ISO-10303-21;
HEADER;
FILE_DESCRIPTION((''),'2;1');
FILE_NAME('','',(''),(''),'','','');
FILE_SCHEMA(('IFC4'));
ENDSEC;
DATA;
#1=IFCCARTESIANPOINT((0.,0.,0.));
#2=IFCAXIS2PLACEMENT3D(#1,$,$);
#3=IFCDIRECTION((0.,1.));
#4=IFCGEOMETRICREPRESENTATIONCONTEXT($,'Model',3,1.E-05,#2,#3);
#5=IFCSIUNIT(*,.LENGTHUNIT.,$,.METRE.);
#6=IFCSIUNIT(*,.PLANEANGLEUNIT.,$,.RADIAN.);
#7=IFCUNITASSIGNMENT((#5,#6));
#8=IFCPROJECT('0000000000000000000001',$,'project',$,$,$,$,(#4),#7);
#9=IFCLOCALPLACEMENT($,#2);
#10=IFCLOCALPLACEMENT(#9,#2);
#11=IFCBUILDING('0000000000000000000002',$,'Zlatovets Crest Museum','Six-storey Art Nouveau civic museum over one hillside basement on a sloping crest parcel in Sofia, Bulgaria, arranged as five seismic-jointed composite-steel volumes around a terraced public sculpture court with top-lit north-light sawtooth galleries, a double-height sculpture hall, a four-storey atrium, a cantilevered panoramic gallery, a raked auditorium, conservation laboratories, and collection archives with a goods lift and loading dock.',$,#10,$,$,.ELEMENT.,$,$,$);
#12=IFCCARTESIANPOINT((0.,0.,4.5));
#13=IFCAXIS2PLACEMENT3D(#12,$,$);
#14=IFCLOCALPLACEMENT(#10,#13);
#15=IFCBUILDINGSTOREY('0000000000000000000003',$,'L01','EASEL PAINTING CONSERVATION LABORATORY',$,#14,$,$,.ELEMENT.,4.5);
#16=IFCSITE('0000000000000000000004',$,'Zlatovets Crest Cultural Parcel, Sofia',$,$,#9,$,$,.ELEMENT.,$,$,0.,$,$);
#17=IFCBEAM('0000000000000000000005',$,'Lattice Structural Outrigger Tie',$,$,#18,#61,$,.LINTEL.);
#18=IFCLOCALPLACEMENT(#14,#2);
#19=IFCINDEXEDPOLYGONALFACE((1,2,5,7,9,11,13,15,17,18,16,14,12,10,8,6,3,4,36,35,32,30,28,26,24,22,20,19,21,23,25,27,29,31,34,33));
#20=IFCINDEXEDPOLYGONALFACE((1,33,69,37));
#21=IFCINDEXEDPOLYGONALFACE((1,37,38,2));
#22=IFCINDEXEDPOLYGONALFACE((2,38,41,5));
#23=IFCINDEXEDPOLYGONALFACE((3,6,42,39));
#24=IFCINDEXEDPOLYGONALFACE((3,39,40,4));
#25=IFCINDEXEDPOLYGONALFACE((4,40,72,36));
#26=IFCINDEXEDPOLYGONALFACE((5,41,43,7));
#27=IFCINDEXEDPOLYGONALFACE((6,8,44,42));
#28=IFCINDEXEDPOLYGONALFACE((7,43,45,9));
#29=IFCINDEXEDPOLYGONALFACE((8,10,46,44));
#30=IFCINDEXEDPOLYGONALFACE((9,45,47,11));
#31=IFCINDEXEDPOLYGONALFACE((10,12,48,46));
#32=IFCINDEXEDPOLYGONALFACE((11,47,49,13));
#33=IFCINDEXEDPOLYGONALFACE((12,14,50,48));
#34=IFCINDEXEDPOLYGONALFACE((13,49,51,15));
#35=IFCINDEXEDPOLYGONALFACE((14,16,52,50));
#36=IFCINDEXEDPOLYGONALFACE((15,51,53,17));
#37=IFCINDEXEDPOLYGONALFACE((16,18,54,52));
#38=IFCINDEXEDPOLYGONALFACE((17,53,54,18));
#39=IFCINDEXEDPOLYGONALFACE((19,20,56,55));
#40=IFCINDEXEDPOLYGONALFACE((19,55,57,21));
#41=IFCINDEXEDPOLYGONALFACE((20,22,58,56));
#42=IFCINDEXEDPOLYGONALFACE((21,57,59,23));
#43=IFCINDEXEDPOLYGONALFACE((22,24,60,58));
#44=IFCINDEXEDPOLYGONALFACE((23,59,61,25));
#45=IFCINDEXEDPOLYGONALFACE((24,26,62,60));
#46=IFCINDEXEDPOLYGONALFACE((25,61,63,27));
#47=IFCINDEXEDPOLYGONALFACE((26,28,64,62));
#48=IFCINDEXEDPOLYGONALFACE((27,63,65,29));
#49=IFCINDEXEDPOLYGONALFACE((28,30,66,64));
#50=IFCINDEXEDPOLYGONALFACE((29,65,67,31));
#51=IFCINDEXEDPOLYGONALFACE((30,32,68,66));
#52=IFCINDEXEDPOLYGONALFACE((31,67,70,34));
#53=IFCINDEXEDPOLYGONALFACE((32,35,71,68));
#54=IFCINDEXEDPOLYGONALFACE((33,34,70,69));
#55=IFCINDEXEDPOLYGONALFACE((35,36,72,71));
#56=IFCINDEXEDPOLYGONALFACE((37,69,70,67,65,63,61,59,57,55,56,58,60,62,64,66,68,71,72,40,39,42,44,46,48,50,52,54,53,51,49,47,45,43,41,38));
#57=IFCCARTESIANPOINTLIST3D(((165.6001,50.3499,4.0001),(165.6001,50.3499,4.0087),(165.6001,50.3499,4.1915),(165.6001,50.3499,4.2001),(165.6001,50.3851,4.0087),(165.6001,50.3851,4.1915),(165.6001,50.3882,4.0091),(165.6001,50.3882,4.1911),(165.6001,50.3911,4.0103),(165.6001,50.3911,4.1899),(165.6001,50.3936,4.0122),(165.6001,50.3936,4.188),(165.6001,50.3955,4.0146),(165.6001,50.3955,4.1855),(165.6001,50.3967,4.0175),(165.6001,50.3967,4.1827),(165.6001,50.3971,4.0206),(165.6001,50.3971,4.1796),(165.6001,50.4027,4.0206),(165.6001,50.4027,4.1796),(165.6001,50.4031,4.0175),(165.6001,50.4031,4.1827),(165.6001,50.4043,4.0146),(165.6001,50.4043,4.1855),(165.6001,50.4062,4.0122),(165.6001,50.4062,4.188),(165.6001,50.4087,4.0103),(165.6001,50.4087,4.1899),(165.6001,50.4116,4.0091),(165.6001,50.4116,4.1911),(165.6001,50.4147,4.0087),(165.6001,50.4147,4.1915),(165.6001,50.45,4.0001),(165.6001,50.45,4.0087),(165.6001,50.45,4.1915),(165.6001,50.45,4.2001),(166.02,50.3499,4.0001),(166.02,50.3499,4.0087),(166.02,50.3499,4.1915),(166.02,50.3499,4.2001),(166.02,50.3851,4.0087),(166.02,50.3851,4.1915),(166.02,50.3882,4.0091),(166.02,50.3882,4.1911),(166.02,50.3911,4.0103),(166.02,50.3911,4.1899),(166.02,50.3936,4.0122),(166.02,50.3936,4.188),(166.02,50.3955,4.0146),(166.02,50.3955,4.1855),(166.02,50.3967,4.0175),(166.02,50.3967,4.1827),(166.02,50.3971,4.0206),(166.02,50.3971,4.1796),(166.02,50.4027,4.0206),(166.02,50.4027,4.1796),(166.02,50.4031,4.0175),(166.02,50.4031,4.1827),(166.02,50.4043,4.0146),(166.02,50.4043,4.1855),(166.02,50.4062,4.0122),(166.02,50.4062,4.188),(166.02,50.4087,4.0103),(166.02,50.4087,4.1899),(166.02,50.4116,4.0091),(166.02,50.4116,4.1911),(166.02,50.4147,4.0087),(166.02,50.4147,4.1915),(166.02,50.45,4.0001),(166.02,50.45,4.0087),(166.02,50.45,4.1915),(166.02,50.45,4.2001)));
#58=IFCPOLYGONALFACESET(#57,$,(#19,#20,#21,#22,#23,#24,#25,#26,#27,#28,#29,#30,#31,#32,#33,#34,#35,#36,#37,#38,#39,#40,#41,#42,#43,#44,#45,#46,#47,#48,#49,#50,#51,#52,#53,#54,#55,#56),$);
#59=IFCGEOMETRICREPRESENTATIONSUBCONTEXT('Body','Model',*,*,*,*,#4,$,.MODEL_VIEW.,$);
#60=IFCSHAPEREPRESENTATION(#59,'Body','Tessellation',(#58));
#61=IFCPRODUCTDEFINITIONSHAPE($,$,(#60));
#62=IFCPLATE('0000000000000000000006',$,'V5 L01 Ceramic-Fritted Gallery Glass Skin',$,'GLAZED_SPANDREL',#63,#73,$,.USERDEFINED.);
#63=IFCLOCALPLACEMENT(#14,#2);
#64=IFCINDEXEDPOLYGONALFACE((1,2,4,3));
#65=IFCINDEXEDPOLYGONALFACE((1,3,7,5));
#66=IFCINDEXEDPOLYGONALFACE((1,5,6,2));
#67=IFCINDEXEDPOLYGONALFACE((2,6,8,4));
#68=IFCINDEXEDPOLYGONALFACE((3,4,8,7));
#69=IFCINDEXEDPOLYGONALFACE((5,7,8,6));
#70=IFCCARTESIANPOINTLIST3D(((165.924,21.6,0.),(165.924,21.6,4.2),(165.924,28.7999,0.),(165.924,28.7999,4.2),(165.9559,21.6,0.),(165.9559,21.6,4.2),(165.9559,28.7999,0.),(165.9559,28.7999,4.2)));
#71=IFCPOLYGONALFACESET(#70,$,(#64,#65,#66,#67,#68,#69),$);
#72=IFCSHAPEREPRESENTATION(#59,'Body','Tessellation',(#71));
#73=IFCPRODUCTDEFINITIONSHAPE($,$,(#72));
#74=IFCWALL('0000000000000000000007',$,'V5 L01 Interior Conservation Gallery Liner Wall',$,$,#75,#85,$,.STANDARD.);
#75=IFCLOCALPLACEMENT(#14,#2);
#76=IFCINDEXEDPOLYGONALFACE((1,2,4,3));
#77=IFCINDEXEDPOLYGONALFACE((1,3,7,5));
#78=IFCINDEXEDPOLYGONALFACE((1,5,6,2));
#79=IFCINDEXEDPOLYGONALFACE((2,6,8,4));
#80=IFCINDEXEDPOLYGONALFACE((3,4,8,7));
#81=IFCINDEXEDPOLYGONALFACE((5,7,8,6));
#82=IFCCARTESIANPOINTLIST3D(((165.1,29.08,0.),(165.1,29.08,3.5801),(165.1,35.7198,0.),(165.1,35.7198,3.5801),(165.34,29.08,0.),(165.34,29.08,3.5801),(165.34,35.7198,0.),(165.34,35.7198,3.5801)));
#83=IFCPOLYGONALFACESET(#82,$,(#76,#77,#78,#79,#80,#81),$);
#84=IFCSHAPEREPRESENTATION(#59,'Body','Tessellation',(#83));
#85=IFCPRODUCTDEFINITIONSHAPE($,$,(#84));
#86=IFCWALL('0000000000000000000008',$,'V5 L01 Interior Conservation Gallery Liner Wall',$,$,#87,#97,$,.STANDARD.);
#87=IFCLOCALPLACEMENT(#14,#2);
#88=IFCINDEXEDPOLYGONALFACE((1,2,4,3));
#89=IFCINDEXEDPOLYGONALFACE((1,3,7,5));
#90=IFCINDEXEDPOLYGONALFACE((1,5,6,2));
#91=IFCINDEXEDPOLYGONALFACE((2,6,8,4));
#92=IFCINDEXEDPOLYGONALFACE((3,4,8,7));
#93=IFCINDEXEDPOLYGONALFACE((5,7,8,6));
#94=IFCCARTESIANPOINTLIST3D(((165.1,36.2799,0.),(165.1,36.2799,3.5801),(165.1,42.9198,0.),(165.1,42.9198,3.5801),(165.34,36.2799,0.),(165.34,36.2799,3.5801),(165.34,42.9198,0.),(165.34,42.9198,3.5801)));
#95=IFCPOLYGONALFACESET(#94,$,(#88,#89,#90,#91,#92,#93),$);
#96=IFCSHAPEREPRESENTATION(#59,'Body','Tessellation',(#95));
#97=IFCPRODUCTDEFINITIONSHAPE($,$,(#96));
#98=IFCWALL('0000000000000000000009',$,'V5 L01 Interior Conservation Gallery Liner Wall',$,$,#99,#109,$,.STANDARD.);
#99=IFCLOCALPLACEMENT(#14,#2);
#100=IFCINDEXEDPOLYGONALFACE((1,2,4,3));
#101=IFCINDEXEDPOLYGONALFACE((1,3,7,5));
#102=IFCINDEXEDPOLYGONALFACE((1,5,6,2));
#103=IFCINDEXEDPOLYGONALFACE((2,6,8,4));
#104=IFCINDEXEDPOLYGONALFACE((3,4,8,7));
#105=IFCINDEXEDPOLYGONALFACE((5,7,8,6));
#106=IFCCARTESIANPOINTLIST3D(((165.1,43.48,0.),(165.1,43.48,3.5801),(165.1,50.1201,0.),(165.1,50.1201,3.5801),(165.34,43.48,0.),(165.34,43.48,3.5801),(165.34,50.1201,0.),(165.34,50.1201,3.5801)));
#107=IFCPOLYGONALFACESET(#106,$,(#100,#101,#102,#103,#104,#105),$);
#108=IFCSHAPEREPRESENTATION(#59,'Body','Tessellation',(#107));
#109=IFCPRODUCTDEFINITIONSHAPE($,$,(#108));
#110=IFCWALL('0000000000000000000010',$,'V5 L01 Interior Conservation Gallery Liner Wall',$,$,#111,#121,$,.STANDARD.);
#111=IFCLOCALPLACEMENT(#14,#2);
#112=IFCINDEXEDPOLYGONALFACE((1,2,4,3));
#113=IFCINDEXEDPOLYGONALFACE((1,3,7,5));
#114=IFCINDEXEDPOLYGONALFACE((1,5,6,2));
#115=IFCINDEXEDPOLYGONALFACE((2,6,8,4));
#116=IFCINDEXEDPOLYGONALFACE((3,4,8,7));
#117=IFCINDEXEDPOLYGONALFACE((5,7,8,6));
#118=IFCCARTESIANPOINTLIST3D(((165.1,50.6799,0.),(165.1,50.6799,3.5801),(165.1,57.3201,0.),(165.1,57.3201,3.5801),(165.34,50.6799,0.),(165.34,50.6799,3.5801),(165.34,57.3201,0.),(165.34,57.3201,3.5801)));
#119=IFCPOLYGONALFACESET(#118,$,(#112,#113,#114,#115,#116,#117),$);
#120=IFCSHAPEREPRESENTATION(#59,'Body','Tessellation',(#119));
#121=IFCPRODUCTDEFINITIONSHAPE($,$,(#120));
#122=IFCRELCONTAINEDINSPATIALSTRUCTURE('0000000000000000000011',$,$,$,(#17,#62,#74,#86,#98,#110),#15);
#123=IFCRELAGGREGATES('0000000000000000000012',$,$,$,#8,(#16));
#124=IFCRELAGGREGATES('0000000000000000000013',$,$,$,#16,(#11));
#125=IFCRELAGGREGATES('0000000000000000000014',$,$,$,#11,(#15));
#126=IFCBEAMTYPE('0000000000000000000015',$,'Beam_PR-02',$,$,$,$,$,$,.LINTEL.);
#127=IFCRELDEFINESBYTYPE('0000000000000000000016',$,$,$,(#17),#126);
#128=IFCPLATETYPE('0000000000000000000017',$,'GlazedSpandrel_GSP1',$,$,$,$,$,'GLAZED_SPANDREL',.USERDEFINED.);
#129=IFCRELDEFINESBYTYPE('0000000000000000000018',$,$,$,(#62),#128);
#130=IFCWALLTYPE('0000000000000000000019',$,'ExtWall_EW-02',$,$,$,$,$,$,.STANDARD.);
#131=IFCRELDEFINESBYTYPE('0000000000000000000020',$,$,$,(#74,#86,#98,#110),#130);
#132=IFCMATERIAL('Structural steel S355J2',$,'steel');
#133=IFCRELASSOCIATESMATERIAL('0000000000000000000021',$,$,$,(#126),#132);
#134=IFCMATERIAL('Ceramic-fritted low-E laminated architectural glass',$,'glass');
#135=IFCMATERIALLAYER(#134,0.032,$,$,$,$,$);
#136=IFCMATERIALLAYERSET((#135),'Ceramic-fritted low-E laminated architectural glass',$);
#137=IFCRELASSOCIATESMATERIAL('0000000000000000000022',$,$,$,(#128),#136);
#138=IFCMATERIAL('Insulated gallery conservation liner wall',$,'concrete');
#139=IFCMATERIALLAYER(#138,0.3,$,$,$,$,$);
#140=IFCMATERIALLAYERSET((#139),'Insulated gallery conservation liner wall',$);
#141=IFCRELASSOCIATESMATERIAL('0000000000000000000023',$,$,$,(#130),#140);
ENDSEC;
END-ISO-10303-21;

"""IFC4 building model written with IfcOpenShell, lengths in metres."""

from ifc_helpers import new_model, si_unit, direction, frame, frame_2d, origin, origin_2d, place, context, subcontext, project, spatial, rectangle, i_section, extrude, material, layer, layer_set, material_profile, profile_set, type_object, element, save


model = new_model("IFC4")

# Units and contexts
model_context = context("Model", 3, precision=1e-05, world=origin(), true_north=direction((0.0, 1.0)))
body_context = subcontext(model_context, "Body", "Model", "MODEL_VIEW")
ifc_project = project(units=[si_unit("LENGTHUNIT", "METRE"), si_unit("PLANEANGLEUNIT", "RADIAN")], contexts=[model_context])

# Site, building, storey
site_placement = place(None, origin())
site = spatial("IfcSite", under=ifc_project, at=site_placement, Name="Zlatovets Crest Cultural Parcel, Sofia", CompositionType="ELEMENT", RefElevation=0.0)
building_placement = place(site_placement, origin())
building = spatial("IfcBuilding", under=site, at=building_placement, Name="Zlatovets Crest Museum", Description="Six-storey Art Nouveau civic museum over one hillside basement on a sloping crest parcel in Sofia, Bulgaria, arranged as five seismic-jointed composite-steel volumes around a terraced public sculpture court with top-lit north-light sawtooth galleries, a double-height sculpture hall, a four-storey atrium, a cantilevered panoramic gallery, a raked auditorium, conservation laboratories, and collection archives with a goods lift and loading dock.", CompositionType="ELEMENT")
storey_placement = place(building_placement, frame((0.0, 0.0, 4.5)))
storey = spatial("IfcBuildingStorey", under=building, at=storey_placement, Name="L01", Description="EASEL PAINTING CONSERVATION LABORATORY", CompositionType="ELEMENT", Elevation=4.5)

# Shared definitions
ifc_material_1 = material(Name="Structural steel S355J2", Category="steel")

# Beam
ifc_material_profile_1 = material_profile(ifc_material_1, i_section(OverallWidth=0.1001, OverallDepth=0.2, WebThickness=0.0056, FlangeThickness=0.0085, FilletRadius=0.012, at=origin_2d()), Name="IPE 200")
ifc_profile_set_1 = profile_set([ifc_material_profile_1], Name="Structural steel S355J2")
beam_type_1 = type_object("IfcBeamType", Name="Beam_PR-02", PredefinedType="LINTEL", material=ifc_profile_set_1)
for number, where, z_axis, x_axis, name in (
    (1, (165.6001, 50.3999, 4.1001), (1.0, 0.0, 0.0), (0.0, 1.0, 0.0), "Lattice Structural Outrigger Tie"),
):
    element("IfcBeam", number, at=place(storey_placement, frame(where, z_axis=z_axis, x_axis=x_axis)), inside=storey, type_object=beam_type_1, Name=name, PredefinedType="LINTEL", context=body_context, shape_type="SweptSolid", body=[
        extrude(i_section(OverallWidth=0.1001, OverallDepth=0.2, WebThickness=0.0056, FlangeThickness=0.0085, FilletRadius=0.012, at=origin_2d()), origin(), (0.0, 0.0, 1.0), 0.4199),
    ])

# Plate
ifc_material_2 = material(Name="Ceramic-fritted low-E laminated architectural glass", Category="glass")
ifc_layer_1 = layer(ifc_material_2, 0.032)
ifc_layer_set_1 = layer_set([ifc_layer_1], Name="Ceramic-fritted low-E laminated architectural glass")
plate_type = type_object("IfcPlateType", Name="GlazedSpandrel_GSP1", ElementType="GLAZED_SPANDREL", PredefinedType="USERDEFINED", material=ifc_layer_set_1)
plate_placement = place(storey_placement, frame((165.9399, 25.2, 0.0), z_axis=(0.0, 0.0, 1.0), x_axis=(0.0, 1.0, 0.0)))
element("IfcPlate", 2, at=plate_placement, inside=storey, type_object=plate_type, Name="V5 L01 Ceramic-Fritted Gallery Glass Skin", ObjectType="GLAZED_SPANDREL", PredefinedType="USERDEFINED", context=body_context, shape_type="SweptSolid", body=[
    extrude(rectangle(XDim=7.2, YDim=0.032, at=origin_2d()), origin(), (0.0, 0.0, 1.0), 4.2),
])

# Walls
ifc_material_3 = material(Name="Insulated gallery conservation liner wall", Category="concrete")
ifc_layer_2 = layer(ifc_material_3, 0.3)
ifc_layer_set_2 = layer_set([ifc_layer_2], Name="Insulated gallery conservation liner wall")
wall_type = type_object("IfcWallType", Name="ExtWall_EW-02", PredefinedType="STANDARD", material=ifc_layer_set_2)
for number, where, z_axis, x_axis, name in (
    (3, (165.22, 29.0801, 0.0), (0.0, 0.0, 1.0), (0.0, 1.0, 0.0), "V5 L01 Interior Conservation Gallery Liner Wall"),
    (4, (165.22, 36.28, 0.0), (0.0, 0.0, 1.0), (0.0, 1.0, 0.0), "V5 L01 Interior Conservation Gallery Liner Wall"),
):
    element("IfcWall", number, at=place(storey_placement, frame(where, z_axis=z_axis, x_axis=x_axis)), inside=storey, type_object=wall_type, Name=name, PredefinedType="STANDARD", context=body_context, shape_type="SweptSolid", body=[
        extrude(rectangle(XDim=6.6399, YDim=0.24, at=frame_2d((3.3198, 0.0))), origin(), (0.0, 0.0, 1.0), 3.5801),
    ])
for number, where, z_axis, x_axis, name in (
    (5, (165.22, 43.48, 0.0), (0.0, 0.0, 1.0), (0.0, 1.0, 0.0), "V5 L01 Interior Conservation Gallery Liner Wall"),
    (6, (165.22, 50.6799, 0.0), (0.0, 0.0, 1.0), (0.0, 1.0, 0.0), "V5 L01 Interior Conservation Gallery Liner Wall"),
):
    element("IfcWall", number, at=place(storey_placement, frame(where, z_axis=z_axis, x_axis=x_axis)), inside=storey, type_object=wall_type, Name=name, PredefinedType="STANDARD", context=body_context, shape_type="SweptSolid", body=[
        extrude(rectangle(XDim=6.6401, YDim=0.24, at=frame_2d((3.3201, 0.0))), origin(), (0.0, 0.0, 1.0), 3.5801),
    ])

save(model, "model.ifc")
